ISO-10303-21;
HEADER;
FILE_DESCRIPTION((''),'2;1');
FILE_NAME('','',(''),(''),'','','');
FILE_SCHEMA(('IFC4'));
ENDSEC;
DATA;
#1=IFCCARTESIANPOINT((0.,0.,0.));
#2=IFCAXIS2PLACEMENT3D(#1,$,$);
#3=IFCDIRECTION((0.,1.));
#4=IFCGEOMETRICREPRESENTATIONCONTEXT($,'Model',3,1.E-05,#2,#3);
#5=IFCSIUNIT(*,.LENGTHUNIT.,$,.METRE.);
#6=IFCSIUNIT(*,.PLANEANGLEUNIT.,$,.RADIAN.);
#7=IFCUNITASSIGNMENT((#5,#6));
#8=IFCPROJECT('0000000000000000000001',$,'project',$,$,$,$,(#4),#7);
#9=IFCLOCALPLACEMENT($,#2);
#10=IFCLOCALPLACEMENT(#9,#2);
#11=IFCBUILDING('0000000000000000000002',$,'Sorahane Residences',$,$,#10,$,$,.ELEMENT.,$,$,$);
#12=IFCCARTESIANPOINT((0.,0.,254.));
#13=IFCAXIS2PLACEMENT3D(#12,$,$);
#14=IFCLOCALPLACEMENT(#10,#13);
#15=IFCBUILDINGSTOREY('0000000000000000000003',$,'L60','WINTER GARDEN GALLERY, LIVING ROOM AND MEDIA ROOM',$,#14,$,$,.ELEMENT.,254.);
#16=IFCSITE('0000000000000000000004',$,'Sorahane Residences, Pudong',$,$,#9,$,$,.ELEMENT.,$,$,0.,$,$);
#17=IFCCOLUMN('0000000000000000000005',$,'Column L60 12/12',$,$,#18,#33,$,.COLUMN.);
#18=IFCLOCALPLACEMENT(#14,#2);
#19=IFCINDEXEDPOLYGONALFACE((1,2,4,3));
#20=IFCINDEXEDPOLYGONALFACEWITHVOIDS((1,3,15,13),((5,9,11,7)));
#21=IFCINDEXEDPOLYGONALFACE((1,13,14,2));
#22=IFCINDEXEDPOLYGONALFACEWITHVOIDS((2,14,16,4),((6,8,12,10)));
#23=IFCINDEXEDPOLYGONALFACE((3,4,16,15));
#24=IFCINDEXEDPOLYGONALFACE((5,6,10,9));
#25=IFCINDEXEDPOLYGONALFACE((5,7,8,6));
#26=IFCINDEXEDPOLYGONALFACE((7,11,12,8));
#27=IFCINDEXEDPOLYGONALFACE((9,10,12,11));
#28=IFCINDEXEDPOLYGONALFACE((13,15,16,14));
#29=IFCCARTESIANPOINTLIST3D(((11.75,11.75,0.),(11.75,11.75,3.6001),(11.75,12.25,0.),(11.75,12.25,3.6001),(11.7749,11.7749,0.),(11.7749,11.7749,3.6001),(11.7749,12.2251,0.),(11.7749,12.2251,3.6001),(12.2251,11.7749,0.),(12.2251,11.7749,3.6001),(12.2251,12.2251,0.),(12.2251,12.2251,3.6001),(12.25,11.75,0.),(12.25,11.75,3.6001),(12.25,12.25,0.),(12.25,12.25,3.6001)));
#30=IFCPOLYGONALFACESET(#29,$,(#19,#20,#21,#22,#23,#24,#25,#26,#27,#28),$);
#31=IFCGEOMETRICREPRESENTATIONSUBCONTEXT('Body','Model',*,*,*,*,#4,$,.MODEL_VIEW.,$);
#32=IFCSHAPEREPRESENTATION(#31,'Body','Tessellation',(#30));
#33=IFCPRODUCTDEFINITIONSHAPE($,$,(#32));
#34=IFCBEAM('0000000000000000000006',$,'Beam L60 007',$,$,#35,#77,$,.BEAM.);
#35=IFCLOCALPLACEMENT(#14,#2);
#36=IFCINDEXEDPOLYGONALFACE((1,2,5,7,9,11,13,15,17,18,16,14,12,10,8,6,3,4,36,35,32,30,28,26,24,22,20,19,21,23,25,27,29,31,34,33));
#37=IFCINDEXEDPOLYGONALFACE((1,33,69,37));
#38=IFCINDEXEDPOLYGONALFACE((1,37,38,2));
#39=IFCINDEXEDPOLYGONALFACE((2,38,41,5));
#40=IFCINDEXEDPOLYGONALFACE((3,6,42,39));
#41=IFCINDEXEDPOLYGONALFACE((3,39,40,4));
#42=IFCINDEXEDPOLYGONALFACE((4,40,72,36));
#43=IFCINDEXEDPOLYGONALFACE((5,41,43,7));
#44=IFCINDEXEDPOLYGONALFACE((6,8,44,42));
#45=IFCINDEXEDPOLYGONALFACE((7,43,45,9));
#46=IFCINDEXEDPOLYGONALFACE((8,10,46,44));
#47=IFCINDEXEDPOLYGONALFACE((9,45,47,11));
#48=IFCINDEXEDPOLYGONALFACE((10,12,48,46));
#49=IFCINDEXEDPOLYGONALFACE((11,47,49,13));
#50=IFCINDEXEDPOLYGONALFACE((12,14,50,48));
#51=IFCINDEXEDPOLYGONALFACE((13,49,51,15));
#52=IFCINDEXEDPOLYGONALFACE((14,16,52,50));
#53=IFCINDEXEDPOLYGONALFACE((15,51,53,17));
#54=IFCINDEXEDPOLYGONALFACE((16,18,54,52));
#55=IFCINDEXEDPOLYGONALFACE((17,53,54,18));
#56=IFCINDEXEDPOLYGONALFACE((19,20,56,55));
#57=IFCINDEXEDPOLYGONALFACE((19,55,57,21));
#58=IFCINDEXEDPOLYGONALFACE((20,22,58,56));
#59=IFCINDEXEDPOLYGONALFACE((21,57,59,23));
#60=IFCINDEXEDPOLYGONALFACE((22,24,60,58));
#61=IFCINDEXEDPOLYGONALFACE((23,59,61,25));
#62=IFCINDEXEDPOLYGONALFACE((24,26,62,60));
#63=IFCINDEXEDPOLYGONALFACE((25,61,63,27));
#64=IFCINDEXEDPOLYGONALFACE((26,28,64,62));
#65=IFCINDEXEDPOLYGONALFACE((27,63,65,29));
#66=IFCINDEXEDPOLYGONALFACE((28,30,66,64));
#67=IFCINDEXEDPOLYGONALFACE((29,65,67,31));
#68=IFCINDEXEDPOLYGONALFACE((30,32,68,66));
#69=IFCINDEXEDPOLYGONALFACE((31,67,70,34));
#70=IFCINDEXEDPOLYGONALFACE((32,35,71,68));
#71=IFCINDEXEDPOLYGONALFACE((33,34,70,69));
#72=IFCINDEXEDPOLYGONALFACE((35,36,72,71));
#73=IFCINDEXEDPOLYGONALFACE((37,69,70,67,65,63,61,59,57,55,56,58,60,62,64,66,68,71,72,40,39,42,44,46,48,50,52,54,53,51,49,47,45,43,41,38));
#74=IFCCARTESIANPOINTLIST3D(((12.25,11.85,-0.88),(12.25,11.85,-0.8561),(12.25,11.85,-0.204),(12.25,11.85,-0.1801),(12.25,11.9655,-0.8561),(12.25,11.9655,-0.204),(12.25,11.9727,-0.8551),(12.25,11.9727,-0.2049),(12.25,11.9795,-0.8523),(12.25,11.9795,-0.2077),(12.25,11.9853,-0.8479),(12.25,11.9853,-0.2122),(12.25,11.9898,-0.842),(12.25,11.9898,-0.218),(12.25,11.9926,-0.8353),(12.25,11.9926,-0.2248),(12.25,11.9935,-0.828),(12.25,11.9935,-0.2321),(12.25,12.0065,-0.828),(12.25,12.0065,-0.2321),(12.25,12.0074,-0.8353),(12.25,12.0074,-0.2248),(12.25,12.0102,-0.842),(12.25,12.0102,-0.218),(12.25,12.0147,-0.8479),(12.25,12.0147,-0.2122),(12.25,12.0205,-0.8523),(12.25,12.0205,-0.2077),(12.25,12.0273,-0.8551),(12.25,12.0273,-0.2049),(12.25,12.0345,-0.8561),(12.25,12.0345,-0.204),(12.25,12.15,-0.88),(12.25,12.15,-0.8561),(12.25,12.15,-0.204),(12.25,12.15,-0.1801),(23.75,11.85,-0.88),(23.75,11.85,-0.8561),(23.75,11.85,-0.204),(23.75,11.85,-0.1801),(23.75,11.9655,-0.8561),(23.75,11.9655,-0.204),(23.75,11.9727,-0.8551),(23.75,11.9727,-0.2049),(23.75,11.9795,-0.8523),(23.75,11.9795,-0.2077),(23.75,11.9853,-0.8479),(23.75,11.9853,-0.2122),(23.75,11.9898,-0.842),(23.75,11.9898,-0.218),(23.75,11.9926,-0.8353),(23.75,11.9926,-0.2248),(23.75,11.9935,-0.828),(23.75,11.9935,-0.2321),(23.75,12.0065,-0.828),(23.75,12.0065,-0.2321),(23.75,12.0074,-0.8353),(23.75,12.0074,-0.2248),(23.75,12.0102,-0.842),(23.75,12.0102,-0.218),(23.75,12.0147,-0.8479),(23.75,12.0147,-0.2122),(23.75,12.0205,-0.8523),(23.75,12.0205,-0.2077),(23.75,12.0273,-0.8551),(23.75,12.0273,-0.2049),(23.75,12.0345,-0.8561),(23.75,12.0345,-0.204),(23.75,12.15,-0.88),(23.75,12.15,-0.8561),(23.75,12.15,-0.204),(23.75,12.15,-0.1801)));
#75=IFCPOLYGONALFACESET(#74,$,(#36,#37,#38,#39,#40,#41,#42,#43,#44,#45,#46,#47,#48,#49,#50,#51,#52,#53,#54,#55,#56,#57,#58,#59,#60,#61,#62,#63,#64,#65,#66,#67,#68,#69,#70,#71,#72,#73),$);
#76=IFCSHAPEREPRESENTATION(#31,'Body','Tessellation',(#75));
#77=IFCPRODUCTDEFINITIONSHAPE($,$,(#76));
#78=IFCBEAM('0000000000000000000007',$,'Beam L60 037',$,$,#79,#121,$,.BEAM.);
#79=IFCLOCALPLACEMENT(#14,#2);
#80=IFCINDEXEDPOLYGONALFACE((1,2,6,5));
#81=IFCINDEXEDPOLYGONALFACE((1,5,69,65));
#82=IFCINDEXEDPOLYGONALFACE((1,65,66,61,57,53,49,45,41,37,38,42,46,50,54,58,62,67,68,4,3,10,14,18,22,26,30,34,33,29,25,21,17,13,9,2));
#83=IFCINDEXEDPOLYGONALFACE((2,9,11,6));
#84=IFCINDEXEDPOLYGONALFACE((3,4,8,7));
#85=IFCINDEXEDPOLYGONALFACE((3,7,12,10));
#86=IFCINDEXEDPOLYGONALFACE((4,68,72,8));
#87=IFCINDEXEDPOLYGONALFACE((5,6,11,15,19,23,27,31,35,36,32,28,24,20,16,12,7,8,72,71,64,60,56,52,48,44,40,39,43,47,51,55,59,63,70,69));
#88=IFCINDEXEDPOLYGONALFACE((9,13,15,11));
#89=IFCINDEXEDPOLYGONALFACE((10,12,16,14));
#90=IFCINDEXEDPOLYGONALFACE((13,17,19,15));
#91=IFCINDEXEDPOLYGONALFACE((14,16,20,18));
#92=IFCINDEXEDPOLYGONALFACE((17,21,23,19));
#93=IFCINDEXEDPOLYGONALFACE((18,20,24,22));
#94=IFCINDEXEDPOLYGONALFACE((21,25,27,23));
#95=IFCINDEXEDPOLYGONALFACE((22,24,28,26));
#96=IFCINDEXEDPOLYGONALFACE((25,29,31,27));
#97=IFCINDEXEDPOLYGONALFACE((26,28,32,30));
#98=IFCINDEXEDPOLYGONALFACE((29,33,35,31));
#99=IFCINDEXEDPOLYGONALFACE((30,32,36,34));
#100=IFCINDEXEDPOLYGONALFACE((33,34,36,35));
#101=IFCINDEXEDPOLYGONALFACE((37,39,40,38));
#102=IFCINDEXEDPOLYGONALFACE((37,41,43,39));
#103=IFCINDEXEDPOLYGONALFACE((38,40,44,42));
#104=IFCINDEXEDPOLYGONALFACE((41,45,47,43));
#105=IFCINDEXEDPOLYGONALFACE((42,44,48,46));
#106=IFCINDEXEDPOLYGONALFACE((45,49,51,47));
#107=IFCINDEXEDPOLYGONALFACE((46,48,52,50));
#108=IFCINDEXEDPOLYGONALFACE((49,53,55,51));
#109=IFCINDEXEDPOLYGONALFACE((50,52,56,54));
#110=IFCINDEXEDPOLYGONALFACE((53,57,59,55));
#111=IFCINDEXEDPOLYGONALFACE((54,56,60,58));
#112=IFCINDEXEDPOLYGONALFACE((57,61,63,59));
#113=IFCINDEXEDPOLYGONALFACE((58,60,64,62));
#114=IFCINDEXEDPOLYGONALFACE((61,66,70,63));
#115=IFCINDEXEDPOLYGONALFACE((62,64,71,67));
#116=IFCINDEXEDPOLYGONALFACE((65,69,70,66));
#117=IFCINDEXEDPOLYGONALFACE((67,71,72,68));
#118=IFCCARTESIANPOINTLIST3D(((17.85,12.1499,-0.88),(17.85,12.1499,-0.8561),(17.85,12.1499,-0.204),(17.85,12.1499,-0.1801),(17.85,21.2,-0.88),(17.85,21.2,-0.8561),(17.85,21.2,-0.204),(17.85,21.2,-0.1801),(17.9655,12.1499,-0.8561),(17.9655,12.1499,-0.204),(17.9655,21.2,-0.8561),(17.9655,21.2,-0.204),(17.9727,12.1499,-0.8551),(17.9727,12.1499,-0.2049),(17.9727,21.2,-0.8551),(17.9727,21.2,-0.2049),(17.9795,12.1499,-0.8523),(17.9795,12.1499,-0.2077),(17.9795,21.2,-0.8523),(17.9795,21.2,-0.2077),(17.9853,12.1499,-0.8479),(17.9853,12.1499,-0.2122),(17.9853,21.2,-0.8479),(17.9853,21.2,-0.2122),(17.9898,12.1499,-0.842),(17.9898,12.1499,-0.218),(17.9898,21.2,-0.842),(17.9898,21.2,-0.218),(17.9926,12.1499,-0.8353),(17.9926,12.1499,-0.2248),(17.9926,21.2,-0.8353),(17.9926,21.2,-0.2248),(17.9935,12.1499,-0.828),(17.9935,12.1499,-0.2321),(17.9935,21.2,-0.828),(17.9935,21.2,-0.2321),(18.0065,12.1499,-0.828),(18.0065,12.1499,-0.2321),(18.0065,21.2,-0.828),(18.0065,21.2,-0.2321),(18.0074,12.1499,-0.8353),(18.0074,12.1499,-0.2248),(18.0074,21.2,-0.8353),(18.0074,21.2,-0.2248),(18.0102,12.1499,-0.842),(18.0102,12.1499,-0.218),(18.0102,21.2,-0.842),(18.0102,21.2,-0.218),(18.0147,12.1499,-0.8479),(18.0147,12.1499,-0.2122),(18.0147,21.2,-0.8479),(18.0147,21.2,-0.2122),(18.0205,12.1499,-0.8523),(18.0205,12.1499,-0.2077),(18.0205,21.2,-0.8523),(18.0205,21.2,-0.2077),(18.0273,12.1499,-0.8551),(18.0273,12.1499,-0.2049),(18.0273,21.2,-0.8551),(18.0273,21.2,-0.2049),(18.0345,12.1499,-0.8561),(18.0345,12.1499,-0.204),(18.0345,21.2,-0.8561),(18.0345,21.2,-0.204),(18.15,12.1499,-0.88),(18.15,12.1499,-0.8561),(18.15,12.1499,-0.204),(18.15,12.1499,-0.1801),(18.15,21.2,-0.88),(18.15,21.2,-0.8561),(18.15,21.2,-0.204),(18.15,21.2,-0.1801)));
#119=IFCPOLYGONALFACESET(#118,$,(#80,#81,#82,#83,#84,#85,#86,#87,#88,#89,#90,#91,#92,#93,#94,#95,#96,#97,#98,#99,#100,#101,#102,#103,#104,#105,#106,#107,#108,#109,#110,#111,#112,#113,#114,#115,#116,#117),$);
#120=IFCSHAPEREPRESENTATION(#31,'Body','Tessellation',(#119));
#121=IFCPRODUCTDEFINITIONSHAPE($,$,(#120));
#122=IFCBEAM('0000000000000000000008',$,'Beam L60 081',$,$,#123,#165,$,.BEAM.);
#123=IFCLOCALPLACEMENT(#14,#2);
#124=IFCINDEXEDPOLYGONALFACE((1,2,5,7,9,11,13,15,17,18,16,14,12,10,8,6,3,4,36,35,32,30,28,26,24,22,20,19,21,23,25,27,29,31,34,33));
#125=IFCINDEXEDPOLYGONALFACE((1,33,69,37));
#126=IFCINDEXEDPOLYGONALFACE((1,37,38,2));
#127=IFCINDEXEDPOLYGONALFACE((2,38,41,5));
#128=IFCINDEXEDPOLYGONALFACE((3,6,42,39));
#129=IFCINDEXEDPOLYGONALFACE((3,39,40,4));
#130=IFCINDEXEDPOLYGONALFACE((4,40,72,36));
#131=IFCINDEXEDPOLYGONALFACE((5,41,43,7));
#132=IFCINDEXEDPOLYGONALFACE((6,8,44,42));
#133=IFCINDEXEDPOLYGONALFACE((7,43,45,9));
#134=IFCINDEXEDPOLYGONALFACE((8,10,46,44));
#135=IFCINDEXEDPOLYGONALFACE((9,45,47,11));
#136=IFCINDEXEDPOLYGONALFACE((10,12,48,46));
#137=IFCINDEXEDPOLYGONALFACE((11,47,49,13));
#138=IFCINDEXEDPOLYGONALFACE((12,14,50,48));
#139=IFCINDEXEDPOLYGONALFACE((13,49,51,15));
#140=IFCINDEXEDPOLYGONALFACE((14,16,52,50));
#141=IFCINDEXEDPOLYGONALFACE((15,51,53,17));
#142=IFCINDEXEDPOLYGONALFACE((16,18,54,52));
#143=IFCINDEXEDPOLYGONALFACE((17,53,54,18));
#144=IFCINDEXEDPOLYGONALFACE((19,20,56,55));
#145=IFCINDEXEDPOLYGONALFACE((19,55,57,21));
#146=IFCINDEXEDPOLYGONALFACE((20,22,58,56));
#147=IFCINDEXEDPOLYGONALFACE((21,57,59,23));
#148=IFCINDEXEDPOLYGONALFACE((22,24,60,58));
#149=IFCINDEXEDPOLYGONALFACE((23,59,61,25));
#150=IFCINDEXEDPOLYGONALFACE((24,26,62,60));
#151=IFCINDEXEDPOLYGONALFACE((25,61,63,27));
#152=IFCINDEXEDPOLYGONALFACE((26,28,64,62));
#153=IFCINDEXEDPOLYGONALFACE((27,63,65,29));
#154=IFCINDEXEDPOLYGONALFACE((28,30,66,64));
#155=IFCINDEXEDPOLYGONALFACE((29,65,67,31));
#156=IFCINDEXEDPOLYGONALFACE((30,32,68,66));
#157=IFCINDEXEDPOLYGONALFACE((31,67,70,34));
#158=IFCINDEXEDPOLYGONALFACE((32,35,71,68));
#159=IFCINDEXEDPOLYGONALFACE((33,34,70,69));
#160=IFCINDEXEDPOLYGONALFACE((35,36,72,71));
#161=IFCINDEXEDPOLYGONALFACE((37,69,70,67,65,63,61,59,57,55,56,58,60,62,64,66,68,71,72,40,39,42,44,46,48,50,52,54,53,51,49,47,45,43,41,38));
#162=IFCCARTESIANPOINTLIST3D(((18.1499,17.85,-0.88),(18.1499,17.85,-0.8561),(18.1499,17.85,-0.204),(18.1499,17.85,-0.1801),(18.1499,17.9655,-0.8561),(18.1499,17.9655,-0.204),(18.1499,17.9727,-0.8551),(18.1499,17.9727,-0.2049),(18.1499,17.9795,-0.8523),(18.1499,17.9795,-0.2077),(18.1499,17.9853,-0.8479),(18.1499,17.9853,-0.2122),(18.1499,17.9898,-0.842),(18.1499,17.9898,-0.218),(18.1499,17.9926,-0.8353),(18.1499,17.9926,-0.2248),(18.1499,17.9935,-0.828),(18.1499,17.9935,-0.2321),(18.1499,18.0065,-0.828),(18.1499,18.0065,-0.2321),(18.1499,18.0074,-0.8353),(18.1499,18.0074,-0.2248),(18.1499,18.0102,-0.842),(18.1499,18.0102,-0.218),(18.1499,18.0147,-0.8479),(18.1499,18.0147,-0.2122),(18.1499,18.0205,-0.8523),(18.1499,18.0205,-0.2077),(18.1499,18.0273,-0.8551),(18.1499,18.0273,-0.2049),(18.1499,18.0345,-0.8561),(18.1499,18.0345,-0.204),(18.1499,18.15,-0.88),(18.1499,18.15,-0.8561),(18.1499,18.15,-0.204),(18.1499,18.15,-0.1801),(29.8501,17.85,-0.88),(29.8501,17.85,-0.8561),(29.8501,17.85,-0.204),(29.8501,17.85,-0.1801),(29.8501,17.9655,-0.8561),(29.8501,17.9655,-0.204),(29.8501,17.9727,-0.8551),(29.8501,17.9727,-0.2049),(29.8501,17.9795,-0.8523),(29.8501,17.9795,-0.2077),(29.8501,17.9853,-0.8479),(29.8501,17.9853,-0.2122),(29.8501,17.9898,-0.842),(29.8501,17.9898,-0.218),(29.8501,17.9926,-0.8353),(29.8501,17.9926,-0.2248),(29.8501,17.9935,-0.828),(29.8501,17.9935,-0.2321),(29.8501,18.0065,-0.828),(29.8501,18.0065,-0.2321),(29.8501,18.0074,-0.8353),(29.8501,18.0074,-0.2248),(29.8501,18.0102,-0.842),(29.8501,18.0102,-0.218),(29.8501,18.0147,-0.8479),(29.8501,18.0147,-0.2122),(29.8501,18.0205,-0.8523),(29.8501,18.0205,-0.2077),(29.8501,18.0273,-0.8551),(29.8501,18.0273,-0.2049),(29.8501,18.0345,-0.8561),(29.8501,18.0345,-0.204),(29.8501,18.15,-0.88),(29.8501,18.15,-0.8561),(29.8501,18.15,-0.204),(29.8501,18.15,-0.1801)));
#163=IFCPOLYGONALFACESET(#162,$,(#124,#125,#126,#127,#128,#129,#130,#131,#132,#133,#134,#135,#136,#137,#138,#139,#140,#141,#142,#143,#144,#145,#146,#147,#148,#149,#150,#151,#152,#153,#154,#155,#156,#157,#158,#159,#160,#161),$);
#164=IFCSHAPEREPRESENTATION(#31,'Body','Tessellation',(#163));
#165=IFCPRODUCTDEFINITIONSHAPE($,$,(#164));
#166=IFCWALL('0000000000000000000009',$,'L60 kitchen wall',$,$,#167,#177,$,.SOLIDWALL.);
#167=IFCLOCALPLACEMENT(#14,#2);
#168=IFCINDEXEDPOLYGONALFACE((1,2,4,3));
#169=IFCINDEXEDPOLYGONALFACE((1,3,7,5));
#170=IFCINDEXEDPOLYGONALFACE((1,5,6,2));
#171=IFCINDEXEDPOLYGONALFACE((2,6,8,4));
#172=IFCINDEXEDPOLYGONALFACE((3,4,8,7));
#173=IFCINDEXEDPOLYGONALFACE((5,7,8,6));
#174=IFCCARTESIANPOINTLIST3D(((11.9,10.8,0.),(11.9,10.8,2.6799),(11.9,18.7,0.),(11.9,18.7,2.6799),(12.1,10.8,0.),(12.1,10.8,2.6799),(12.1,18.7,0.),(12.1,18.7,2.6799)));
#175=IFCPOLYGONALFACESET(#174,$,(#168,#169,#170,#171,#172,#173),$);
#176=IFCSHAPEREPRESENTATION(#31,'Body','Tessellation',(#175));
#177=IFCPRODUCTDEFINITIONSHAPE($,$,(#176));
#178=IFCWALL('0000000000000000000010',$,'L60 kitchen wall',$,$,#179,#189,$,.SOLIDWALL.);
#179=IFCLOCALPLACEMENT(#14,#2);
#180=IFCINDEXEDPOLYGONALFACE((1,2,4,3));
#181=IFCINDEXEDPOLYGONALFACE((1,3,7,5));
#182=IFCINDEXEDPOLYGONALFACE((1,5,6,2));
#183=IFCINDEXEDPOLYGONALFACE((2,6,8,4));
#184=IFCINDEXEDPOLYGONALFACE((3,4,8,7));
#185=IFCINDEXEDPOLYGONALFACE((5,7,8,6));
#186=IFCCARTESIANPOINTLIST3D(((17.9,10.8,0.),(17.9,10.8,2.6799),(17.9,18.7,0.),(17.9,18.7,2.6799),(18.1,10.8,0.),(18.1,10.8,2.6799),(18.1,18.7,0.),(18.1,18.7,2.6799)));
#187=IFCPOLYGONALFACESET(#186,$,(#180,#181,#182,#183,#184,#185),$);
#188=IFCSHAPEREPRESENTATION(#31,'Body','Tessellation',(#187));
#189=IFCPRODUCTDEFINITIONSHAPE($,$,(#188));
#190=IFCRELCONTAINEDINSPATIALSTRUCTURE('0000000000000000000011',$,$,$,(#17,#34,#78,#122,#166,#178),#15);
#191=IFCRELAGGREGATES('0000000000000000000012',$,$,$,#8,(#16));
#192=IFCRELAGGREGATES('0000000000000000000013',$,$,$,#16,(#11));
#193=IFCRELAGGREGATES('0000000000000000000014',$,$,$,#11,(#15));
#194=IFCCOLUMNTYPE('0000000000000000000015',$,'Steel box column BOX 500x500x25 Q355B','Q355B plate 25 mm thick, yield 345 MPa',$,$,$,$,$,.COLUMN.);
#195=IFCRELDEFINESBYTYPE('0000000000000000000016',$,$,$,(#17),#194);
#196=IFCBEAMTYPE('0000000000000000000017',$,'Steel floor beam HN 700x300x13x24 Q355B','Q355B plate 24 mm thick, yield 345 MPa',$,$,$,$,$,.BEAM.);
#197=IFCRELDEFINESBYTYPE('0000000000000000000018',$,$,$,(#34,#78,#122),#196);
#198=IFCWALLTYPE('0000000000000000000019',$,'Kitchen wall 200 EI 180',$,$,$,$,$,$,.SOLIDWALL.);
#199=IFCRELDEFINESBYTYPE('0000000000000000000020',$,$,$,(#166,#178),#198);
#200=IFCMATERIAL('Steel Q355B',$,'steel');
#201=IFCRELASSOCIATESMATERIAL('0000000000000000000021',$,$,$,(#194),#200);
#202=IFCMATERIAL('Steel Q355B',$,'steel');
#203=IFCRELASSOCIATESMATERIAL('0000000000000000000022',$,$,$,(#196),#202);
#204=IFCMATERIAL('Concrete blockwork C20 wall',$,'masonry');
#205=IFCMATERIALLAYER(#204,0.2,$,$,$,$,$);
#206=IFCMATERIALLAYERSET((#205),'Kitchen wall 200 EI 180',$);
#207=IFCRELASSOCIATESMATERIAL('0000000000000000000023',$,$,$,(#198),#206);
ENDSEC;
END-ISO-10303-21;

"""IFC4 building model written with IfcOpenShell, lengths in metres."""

from ifc_helpers import new_model, si_unit, direction, frame, frame_2d, origin, origin_2d, place, context, subcontext, project, spatial, rectangle, hollow_rectangle, i_section, extrude, material, layer, layer_set, material_profile, profile_set, type_object, element, save


model = new_model("IFC4")

# Units and contexts
model_context = context("Model", 3, precision=1e-05, world=origin(), true_north=direction((0.0, 1.0)))
body_context = subcontext(model_context, "Body", "Model", "MODEL_VIEW")
ifc_project = project(units=[si_unit("LENGTHUNIT", "METRE"), si_unit("PLANEANGLEUNIT", "RADIAN")], contexts=[model_context])

# Site, building, storey
site_placement = place(None, origin())
site = spatial("IfcSite", under=ifc_project, at=site_placement, Name="Sorahane Residences, Pudong", CompositionType="ELEMENT", RefElevation=0.0)
building_placement = place(site_placement, origin())
building = spatial("IfcBuilding", under=site, at=building_placement, Name="Sorahane Residences", CompositionType="ELEMENT")
storey_placement = place(building_placement, frame((0.0, 0.0, 254.0)))
storey = spatial("IfcBuildingStorey", under=building, at=storey_placement, Name="L60", Description="WINTER GARDEN GALLERY, LIVING ROOM AND MEDIA ROOM", CompositionType="ELEMENT", Elevation=254.0)

# Column
ifc_material_1 = material(Name="Steel Q355B", Category="steel")
ifc_material_profile_1 = material_profile(ifc_material_1, hollow_rectangle(XDim=0.5, YDim=0.5, WallThickness=0.0249, at=origin_2d()), Name="BOX 500x500x25")
ifc_profile_set_1 = profile_set([ifc_material_profile_1], Name="Steel Q355B")
column_type = type_object("IfcColumnType", Name="Steel box column BOX 500x500x25 Q355B", Description="Q355B plate 25 mm thick, yield 345 MPa", PredefinedType="COLUMN", material=ifc_profile_set_1)
column_placement = place(storey_placement, frame((12.0, 12.0, 0.0), z_axis=(0.0, 0.0, 1.0), x_axis=(1.0, 0.0, 0.0)))
element("IfcColumn", 1, at=column_placement, inside=storey, type_object=column_type, Name="Column L60 12/12", PredefinedType="COLUMN", context=body_context, shape_type="SweptSolid", body=[
    extrude(hollow_rectangle(XDim=0.5, YDim=0.5, WallThickness=0.0249, at=origin_2d()), origin(), (0.0, 0.0, 1.0), 3.6001),
])

# Beams
ifc_material_2 = material(Name="Steel Q355B", Category="steel")
ifc_material_profile_2 = material_profile(ifc_material_2, i_section(OverallWidth=0.3, OverallDepth=0.7, WebThickness=0.0129, FlangeThickness=0.0239, FilletRadius=0.0281, at=origin_2d()), Name="HN 700x300x13x24")
ifc_profile_set_2 = profile_set([ifc_material_profile_2], Name="Steel Q355B")
beam_type = type_object("IfcBeamType", Name="Steel floor beam HN 700x300x13x24 Q355B", Description="Q355B plate 24 mm thick, yield 345 MPa", PredefinedType="BEAM", material=ifc_profile_set_2)
beam_1_placement = place(storey_placement, frame((12.25, 12.0, -0.53), z_axis=(1.0, 0.0, 0.0), x_axis=(0.0, 1.0, 0.0)))
element("IfcBeam", 2, at=beam_1_placement, inside=storey, type_object=beam_type, Name="Beam L60 007", PredefinedType="BEAM", context=body_context, shape_type="SweptSolid", body=[
    extrude(i_section(OverallWidth=0.3, OverallDepth=0.7, WebThickness=0.0129, FlangeThickness=0.0239, FilletRadius=0.0281, at=origin_2d()), origin(), (0.0, 0.0, 1.0), 11.5),
])
beam_2_placement = place(storey_placement, frame((18.0, 12.1499, -0.53), z_axis=(0.0, 1.0, 0.0), x_axis=(-1.0, 0.0, 0.0)))
element("IfcBeam", 3, at=beam_2_placement, inside=storey, type_object=beam_type, Name="Beam L60 037", PredefinedType="BEAM", context=body_context, shape_type="SweptSolid", body=[
    extrude(i_section(OverallWidth=0.3, OverallDepth=0.7, WebThickness=0.0129, FlangeThickness=0.0239, FilletRadius=0.0281, at=origin_2d()), origin(), (0.0, 0.0, 1.0), 9.05),
])
beam_3_placement = place(storey_placement, frame((18.1499, 18.0, -0.53), z_axis=(1.0, 0.0, 0.0), x_axis=(0.0, 1.0, 0.0)))
element("IfcBeam", 4, at=beam_3_placement, inside=storey, type_object=beam_type, Name="Beam L60 081", PredefinedType="BEAM", context=body_context, shape_type="SweptSolid", body=[
    extrude(i_section(OverallWidth=0.3, OverallDepth=0.7, WebThickness=0.0129, FlangeThickness=0.0239, FilletRadius=0.0281, at=origin_2d()), origin(), (0.0, 0.0, 1.0), 11.7002),
])

# Walls
ifc_material_3 = material(Name="Concrete blockwork C20 wall", Category="masonry")
ifc_layer_1 = layer(ifc_material_3, 0.2)
ifc_layer_set_1 = layer_set([ifc_layer_1], Name="Kitchen wall 200 EI 180")
wall_type_1 = type_object("IfcWallType", Name="Kitchen wall 200 EI 180", PredefinedType="SOLIDWALL", material=ifc_layer_set_1)
for number, where, z_axis, x_axis, name in (
    (5, (12.0, 10.8, 0.0), (0.0, 0.0, 1.0), (0.0, 1.0, 0.0), "L60 kitchen wall"),
    (6, (18.0, 10.8, 0.0), (0.0, 0.0, 1.0), (0.0, 1.0, 0.0), "L60 kitchen wall"),
):
    element("IfcWall", number, at=place(storey_placement, frame(where, z_axis=z_axis, x_axis=x_axis)), inside=storey, type_object=wall_type_1, Name=name, PredefinedType="SOLIDWALL", context=body_context, shape_type="SweptSolid", body=[
        extrude(rectangle(XDim=7.8999, YDim=0.2, at=frame_2d((3.95, 0.0))), origin(), (0.0, 0.0, 1.0), 2.6799),
    ])

save(model, "model.ifc")
